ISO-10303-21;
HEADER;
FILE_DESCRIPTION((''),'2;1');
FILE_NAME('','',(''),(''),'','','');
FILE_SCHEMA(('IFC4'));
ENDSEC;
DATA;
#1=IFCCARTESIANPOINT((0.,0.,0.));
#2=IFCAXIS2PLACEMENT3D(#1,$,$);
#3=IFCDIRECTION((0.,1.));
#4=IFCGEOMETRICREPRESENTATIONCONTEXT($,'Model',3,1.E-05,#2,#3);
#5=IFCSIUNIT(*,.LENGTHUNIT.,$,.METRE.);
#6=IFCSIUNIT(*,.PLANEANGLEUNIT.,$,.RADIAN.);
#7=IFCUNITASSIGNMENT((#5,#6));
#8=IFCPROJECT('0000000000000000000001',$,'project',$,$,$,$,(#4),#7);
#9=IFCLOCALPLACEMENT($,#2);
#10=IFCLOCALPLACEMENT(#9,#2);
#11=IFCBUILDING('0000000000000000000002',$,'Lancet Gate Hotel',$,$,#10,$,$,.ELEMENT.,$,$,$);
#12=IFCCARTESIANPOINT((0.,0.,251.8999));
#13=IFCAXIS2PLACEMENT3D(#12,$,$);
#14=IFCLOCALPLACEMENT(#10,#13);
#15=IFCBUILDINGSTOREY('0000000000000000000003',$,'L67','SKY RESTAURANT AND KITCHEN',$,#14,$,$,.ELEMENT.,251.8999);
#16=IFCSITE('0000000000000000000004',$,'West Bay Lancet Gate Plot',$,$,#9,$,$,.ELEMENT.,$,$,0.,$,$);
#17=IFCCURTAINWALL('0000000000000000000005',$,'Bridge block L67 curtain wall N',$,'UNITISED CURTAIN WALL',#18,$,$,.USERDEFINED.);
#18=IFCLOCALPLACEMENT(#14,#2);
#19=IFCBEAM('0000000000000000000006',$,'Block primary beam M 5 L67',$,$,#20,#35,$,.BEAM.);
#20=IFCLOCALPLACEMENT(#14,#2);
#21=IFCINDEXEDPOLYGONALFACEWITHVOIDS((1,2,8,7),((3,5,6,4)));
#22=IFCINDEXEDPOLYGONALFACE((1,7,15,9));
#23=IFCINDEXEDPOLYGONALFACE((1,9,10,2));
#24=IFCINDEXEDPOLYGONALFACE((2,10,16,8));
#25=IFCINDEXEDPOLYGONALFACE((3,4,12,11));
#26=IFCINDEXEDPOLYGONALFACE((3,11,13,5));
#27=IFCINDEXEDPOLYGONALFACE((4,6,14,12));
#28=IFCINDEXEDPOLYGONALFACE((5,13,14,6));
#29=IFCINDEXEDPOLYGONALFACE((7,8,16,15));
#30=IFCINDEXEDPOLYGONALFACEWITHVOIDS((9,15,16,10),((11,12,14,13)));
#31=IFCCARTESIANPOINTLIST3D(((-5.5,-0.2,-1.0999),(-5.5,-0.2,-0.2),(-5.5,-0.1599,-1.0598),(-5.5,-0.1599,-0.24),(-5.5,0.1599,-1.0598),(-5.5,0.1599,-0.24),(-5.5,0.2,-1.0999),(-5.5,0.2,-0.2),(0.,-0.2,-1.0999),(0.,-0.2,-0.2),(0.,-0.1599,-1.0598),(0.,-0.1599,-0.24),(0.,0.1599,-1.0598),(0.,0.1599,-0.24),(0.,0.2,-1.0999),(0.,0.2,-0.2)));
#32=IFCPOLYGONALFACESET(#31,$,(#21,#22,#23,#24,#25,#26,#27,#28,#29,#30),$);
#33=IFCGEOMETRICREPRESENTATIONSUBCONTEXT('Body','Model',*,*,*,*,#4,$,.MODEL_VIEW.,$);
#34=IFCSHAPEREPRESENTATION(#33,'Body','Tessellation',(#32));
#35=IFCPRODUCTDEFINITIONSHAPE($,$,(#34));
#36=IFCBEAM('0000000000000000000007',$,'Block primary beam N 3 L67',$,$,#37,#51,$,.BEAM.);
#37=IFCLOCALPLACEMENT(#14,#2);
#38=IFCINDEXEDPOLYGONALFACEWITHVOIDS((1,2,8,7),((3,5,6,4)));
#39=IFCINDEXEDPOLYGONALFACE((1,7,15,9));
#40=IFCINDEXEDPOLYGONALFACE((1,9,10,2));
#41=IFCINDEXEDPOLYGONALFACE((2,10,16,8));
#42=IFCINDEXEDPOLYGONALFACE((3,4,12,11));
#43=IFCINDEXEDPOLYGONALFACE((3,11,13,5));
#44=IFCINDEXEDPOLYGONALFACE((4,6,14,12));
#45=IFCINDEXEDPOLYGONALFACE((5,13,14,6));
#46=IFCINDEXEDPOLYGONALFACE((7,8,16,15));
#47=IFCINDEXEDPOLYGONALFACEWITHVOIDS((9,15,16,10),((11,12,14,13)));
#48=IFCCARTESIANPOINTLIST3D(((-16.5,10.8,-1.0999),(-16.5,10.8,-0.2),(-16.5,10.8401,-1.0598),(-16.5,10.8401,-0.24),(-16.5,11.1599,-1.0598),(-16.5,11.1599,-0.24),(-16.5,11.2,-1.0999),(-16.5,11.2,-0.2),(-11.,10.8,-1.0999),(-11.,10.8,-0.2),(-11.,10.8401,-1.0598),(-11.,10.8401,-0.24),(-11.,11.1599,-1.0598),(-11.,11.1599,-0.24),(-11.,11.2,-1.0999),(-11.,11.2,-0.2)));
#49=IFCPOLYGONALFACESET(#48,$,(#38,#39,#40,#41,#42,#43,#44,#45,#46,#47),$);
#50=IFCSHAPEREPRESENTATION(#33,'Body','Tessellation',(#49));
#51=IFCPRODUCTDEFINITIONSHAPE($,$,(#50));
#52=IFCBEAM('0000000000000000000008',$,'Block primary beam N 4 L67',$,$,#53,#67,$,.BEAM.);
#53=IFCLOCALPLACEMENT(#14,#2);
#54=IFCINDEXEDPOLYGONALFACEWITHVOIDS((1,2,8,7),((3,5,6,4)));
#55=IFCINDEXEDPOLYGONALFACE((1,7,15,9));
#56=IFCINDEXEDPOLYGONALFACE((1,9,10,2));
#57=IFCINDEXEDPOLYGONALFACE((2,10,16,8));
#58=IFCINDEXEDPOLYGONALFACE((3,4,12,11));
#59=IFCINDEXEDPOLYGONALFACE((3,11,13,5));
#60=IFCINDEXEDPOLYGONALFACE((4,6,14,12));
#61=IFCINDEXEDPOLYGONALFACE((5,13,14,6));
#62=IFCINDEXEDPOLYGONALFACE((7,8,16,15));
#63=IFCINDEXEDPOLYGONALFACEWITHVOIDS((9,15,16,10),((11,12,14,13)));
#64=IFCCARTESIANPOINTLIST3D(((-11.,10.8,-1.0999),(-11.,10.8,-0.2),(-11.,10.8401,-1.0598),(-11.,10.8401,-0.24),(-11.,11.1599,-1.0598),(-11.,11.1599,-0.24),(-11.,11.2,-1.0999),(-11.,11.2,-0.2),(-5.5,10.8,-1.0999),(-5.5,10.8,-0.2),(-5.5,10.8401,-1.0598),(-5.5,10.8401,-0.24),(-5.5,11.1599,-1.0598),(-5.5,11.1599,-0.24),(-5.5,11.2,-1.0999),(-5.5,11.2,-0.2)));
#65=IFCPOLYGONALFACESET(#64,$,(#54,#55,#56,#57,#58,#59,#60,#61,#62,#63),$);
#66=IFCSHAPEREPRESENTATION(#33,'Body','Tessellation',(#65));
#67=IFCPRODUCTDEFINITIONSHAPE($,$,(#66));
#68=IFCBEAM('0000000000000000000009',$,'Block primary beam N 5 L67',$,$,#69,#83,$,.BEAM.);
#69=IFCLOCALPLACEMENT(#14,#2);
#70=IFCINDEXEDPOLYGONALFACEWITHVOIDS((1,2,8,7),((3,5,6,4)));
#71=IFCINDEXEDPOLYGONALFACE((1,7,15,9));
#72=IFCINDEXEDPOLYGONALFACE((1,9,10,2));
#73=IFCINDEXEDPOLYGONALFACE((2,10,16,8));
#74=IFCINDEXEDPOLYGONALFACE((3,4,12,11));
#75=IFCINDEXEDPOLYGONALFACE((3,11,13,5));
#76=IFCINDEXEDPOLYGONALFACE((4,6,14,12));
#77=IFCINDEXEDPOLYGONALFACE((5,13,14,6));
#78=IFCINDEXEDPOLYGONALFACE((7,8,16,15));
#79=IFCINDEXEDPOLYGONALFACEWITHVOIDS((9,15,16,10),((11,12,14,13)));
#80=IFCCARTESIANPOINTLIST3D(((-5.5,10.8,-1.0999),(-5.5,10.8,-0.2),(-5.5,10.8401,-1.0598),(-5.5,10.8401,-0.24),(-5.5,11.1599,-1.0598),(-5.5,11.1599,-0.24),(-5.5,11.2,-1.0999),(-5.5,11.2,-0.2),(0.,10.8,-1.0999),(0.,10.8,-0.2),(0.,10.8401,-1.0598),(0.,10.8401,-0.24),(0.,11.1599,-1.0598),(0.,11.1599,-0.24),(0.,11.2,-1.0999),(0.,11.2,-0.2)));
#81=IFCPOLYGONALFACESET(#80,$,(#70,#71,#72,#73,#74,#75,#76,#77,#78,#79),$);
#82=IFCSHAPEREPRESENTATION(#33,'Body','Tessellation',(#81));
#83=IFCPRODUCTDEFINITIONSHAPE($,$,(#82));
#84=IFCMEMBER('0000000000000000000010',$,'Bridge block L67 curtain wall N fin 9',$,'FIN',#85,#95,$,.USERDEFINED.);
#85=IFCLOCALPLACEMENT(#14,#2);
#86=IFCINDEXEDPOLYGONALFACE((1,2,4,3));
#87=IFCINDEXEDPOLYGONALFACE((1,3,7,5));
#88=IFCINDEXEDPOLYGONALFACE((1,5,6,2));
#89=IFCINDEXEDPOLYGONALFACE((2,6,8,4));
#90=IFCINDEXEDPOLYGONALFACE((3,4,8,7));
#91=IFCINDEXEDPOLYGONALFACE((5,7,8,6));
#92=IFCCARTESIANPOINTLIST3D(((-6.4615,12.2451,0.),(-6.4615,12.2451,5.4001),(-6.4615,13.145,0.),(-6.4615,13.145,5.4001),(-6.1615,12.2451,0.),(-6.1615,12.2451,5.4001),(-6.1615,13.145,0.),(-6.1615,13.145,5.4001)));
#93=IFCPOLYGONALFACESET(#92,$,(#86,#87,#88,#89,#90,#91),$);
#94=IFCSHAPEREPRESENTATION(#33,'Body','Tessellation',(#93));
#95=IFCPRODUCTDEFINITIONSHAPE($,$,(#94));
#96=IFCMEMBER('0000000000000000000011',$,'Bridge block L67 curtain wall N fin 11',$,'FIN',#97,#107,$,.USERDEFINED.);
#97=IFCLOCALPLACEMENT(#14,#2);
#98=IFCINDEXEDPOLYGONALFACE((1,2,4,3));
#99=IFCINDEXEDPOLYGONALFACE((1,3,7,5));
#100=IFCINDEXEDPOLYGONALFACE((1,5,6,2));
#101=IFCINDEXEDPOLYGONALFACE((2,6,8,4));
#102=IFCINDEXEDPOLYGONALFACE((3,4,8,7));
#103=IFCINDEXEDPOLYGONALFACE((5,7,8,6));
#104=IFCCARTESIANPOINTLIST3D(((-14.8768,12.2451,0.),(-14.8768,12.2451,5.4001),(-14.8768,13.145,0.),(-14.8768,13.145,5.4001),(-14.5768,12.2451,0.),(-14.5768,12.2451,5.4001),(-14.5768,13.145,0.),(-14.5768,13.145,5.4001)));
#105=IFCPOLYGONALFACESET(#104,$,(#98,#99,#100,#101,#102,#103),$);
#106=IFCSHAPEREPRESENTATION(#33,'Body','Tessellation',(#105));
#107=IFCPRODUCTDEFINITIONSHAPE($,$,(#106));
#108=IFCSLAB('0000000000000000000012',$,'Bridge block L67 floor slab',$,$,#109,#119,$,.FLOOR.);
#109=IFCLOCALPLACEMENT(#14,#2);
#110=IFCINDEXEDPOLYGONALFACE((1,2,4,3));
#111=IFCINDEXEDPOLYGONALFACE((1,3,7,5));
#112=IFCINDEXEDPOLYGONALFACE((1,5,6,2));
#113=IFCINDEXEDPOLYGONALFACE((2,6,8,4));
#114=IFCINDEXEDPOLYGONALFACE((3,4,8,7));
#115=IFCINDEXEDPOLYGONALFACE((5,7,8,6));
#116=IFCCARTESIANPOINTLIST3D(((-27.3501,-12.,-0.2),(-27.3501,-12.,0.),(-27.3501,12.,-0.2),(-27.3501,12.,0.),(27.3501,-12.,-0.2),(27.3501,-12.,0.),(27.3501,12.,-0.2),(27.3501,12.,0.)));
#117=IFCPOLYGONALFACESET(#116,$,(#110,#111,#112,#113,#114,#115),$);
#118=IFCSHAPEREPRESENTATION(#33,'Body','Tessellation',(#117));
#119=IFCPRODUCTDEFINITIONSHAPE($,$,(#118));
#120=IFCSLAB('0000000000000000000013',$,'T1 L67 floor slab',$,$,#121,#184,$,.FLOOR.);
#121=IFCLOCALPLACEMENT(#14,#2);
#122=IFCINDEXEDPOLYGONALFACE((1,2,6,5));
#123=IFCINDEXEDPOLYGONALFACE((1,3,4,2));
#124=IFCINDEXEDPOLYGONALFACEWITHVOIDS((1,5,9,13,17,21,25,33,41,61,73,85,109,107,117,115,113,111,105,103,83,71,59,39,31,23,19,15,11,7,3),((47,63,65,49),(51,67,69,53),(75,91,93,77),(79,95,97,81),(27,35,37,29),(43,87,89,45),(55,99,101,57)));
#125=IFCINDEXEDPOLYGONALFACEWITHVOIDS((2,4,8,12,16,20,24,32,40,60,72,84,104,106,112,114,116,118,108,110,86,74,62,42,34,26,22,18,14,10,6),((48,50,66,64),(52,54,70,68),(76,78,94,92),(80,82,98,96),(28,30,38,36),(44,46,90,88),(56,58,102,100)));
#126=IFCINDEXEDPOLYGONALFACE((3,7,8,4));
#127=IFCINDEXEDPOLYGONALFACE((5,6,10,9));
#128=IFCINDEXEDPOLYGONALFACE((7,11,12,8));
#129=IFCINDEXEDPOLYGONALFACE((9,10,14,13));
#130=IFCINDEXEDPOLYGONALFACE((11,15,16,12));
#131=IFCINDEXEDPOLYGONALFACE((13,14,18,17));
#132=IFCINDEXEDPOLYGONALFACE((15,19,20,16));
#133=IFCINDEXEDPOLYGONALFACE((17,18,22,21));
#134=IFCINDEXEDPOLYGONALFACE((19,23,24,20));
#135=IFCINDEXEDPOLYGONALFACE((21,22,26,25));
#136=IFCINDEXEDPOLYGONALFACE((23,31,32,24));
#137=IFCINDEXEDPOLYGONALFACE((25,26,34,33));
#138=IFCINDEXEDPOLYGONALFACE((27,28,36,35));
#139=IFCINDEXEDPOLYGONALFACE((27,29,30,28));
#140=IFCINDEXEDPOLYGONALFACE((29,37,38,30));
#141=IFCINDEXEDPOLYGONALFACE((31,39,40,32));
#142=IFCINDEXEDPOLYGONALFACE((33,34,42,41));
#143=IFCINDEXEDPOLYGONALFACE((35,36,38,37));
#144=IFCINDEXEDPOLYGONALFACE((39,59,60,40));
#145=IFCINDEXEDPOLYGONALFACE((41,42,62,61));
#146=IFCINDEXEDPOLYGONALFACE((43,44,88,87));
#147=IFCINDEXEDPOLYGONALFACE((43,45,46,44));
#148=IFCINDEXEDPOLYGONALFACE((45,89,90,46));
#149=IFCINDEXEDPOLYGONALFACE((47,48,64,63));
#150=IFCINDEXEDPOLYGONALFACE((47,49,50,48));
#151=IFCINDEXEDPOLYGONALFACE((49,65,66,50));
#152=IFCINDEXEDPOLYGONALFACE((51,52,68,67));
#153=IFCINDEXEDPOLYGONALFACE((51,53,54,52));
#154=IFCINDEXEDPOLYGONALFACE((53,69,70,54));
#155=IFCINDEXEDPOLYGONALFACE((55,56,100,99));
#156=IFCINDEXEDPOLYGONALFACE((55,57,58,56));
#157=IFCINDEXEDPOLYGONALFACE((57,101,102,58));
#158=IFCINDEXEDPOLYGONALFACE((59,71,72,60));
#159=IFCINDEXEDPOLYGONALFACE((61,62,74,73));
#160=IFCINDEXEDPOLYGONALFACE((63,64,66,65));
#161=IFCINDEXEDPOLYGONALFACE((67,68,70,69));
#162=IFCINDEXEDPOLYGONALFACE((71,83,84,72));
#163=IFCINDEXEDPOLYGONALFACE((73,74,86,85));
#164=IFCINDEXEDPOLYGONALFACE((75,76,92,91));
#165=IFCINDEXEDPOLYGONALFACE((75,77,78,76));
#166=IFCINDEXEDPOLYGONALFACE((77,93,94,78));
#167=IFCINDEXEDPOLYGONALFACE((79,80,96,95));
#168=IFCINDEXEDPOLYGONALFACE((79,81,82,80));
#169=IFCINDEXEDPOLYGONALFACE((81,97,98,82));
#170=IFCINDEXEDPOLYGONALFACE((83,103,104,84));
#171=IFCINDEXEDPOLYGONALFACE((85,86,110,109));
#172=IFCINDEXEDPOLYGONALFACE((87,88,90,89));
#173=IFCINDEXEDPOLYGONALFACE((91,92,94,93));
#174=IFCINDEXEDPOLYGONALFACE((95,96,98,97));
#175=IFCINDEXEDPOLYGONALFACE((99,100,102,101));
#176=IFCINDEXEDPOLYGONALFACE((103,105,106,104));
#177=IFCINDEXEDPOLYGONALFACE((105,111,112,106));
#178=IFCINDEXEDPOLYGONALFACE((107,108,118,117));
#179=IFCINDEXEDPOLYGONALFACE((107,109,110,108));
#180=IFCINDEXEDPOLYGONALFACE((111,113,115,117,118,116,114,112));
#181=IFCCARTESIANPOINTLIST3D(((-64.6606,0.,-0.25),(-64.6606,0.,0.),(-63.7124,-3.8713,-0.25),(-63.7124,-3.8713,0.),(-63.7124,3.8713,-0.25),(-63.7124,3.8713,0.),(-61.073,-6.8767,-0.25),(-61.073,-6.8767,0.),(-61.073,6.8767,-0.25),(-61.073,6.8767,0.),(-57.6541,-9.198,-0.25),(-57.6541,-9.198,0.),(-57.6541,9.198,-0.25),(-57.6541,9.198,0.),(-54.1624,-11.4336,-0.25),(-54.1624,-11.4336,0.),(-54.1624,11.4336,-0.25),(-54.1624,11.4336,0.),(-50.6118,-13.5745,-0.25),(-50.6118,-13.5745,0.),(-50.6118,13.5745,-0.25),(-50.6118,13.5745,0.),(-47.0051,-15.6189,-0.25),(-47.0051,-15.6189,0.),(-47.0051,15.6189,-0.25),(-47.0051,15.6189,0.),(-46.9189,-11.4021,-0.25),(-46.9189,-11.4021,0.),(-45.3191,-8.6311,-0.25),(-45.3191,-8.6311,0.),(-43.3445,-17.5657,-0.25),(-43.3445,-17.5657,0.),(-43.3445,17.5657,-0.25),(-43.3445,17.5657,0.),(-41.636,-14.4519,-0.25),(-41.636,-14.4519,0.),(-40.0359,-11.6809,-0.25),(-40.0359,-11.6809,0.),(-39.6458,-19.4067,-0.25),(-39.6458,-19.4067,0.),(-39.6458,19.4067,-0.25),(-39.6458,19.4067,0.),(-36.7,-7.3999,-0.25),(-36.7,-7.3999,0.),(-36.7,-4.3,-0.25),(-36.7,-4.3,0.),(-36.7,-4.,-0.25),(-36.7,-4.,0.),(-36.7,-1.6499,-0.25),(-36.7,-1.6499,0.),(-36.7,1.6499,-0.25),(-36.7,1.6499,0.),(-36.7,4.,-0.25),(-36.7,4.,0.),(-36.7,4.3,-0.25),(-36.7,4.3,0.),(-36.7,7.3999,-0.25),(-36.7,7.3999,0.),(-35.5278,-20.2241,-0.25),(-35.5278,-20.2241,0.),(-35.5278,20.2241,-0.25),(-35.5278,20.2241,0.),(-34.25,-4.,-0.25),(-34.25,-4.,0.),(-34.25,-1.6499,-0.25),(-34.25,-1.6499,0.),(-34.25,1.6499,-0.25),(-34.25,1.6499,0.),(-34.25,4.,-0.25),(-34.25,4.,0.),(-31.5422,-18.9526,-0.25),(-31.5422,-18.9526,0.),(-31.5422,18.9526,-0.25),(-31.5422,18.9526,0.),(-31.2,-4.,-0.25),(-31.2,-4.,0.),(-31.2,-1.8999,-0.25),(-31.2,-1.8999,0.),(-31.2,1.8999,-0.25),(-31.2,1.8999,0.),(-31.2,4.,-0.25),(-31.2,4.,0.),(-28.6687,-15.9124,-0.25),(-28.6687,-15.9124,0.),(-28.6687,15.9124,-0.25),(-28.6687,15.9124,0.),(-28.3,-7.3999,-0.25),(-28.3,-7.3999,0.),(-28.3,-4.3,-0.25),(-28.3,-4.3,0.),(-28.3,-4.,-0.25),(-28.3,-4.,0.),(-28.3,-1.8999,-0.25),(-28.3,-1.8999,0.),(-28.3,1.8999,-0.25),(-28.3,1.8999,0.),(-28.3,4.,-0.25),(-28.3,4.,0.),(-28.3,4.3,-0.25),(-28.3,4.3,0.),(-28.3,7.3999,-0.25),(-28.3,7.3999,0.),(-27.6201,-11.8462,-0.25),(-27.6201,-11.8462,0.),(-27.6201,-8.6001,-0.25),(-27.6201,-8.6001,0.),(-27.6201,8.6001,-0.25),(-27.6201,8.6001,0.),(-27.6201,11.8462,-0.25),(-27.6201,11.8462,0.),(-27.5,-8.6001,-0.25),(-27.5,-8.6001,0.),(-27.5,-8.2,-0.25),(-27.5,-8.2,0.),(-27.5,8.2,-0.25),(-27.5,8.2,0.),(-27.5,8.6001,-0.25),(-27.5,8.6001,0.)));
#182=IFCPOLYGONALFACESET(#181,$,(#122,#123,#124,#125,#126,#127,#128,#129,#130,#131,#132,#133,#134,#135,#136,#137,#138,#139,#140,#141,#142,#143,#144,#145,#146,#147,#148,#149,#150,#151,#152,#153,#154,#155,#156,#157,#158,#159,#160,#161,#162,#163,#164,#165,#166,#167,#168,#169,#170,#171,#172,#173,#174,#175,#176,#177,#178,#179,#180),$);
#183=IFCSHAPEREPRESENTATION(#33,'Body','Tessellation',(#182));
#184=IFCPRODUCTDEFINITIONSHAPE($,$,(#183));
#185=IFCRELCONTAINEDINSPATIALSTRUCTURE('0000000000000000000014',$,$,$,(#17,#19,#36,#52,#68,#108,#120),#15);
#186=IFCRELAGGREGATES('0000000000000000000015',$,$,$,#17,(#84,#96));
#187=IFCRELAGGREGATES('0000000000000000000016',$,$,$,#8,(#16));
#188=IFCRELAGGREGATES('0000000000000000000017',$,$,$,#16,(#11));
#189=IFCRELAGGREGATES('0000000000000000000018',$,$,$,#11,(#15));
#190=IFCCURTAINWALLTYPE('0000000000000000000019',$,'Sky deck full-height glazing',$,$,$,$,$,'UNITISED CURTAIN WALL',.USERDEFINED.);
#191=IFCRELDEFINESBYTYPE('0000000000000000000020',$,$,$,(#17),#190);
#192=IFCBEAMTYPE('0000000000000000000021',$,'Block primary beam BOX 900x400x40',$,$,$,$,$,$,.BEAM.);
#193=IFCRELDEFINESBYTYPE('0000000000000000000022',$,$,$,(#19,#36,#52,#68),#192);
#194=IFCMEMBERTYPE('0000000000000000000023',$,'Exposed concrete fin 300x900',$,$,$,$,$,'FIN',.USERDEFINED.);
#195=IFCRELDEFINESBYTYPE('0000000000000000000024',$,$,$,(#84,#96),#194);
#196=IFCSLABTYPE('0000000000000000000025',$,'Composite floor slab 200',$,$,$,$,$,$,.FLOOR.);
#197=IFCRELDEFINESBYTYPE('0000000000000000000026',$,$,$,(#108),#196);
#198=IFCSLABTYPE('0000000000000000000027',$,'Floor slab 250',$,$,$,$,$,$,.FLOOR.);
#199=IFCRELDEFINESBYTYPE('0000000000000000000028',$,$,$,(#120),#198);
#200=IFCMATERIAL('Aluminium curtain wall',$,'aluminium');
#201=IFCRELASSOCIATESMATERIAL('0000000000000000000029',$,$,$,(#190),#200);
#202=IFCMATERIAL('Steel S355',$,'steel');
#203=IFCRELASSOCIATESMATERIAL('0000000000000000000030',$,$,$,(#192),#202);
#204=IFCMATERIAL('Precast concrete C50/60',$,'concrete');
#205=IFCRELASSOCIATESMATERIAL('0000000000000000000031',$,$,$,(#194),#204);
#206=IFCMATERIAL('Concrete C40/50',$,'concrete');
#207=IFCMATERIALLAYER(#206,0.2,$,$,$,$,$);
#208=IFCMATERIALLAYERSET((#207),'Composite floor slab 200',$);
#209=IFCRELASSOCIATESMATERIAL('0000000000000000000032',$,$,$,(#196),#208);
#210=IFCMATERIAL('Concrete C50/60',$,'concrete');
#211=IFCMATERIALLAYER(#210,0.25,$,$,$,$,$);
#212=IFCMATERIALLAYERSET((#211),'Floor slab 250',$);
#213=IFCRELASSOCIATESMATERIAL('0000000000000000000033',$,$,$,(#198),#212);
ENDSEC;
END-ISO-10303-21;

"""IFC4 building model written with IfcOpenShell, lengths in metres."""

from ifc_helpers import new_model, si_unit, direction, frame, origin, origin_2d, place, context, subcontext, project, spatial, polyline, rectangle, hollow_rectangle, outline, extrude, material, layer, layer_set, material_profile, profile_set, type_object, element, aggregate, save


model = new_model("IFC4")

# Units and contexts
model_context = context("Model", 3, precision=1e-05, world=origin(), true_north=direction((0.0, 1.0)))
body_context = subcontext(model_context, "Body", "Model", "MODEL_VIEW")
ifc_project = project(units=[si_unit("LENGTHUNIT", "METRE"), si_unit("PLANEANGLEUNIT", "RADIAN")], contexts=[model_context])

# Site, building, storey
site_placement = place(None, origin())
site = spatial("IfcSite", under=ifc_project, at=site_placement, Name="West Bay Lancet Gate Plot", CompositionType="ELEMENT", RefElevation=0.0)
building_placement = place(site_placement, origin())
building = spatial("IfcBuilding", under=site, at=building_placement, Name="Lancet Gate Hotel", CompositionType="ELEMENT")
storey_placement = place(building_placement, frame((0.0, 0.0, 251.8999)))
storey = spatial("IfcBuildingStorey", under=building, at=storey_placement, Name="L67", Description="SKY RESTAURANT AND KITCHEN", CompositionType="ELEMENT", Elevation=251.8999)

# Curtain wall
ifc_material_1 = material(Name="Aluminium curtain wall", Category="aluminium")
curtain_wall_type = type_object("IfcCurtainWallType", Name="Sky deck full-height glazing", ElementType="UNITISED CURTAIN WALL", PredefinedType="USERDEFINED", material=ifc_material_1)
curtain_wall_placement = place(storey_placement, origin())
curtain_wall = element("IfcCurtainWall", 1, at=curtain_wall_placement, inside=storey, type_object=curtain_wall_type, Name="Bridge block L67 curtain wall N", ObjectType="UNITISED CURTAIN WALL", PredefinedType="USERDEFINED")

# Beams
ifc_material_2 = material(Name="Steel S355", Category="steel")
ifc_material_profile_1 = material_profile(ifc_material_2, hollow_rectangle(XDim=0.3999, YDim=0.8999, WallThickness=0.04, at=origin_2d()), Name="BOX 900x400x40")
ifc_profile_set_1 = profile_set([ifc_material_profile_1], Name="Steel S355")
beam_type_1 = type_object("IfcBeamType", Name="Block primary beam BOX 900x400x40", PredefinedType="BEAM", material=ifc_profile_set_1)
for number, where, z_axis, x_axis, name in (
    (2, (-5.5, 0.0, -0.6499), (1.0, 0.0, 0.0), (0.0, 1.0, 0.0), "Block primary beam M 5 L67"),
    (3, (-16.5, 11.0, -0.6499), (1.0, 0.0, 0.0), (0.0, 1.0, 0.0), "Block primary beam N 3 L67"),
    (4, (-11.0, 11.0, -0.6499), (1.0, 0.0, 0.0), (0.0, 1.0, 0.0), "Block primary beam N 4 L67"),
    (5, (-5.5, 11.0, -0.6499), (1.0, 0.0, 0.0), (0.0, 1.0, 0.0), "Block primary beam N 5 L67"),
):
    element("IfcBeam", number, at=place(storey_placement, frame(where, z_axis=z_axis, x_axis=x_axis)), inside=storey, type_object=beam_type_1, Name=name, PredefinedType="BEAM", context=body_context, shape_type="SweptSolid", body=[
        extrude(hollow_rectangle(XDim=0.3999, YDim=0.8999, WallThickness=0.04, at=origin_2d()), origin(), (0.0, 0.0, 1.0), 5.5),
    ])

# Members
ifc_material_3 = material(Name="Precast concrete C50/60", Category="concrete")
ifc_material_profile_2 = material_profile(ifc_material_3, rectangle(XDim=0.3, YDim=0.8999, at=origin_2d()), Name="FIN 300x900")
ifc_profile_set_2 = profile_set([ifc_material_profile_2], Name="Precast concrete C50/60")
member_type_1 = type_object("IfcMemberType", Name="Exposed concrete fin 300x900", ElementType="FIN", PredefinedType="USERDEFINED", material=ifc_profile_set_2)
member_1_placement = place(storey_placement, frame((-6.3115, 12.6951, 0.0), z_axis=(0.0, 0.0, 1.0), x_axis=(-1.0, 0.0, 0.0)))
member_1 = element("IfcMember", 6, at=member_1_placement, type_object=member_type_1, Name="Bridge block L67 curtain wall N fin 9", ObjectType="FIN", PredefinedType="USERDEFINED", context=body_context, shape_type="SweptSolid", body=[
    extrude(rectangle(XDim=0.3, YDim=0.8999, at=origin_2d()), origin(), (0.0, 0.0, 1.0), 5.4001),
])
member_2_placement = place(storey_placement, frame((-14.7268, 12.6951, 0.0), z_axis=(0.0, 0.0, 1.0), x_axis=(-1.0, 0.0, 0.0)))
member_2 = element("IfcMember", 7, at=member_2_placement, type_object=member_type_1, Name="Bridge block L67 curtain wall N fin 11", ObjectType="FIN", PredefinedType="USERDEFINED", context=body_context, shape_type="SweptSolid", body=[
    extrude(rectangle(XDim=0.3, YDim=0.8999, at=origin_2d()), origin(), (0.0, 0.0, 1.0), 5.4001),
])

# Slabs
ifc_material_4 = material(Name="Concrete C40/50", Category="concrete")
ifc_layer_1 = layer(ifc_material_4, 0.2)
ifc_layer_set_1 = layer_set([ifc_layer_1], Name="Composite floor slab 200")
slab_type_1 = type_object("IfcSlabType", Name="Composite floor slab 200", PredefinedType="FLOOR", material=ifc_layer_set_1)
slab_1_placement = place(storey_placement, frame((0.0, 0.0, -0.2)))
element("IfcSlab", 8, at=slab_1_placement, inside=storey, type_object=slab_type_1, Name="Bridge block L67 floor slab", PredefinedType="FLOOR", context=body_context, shape_type="SweptSolid", body=[
    extrude(outline(polyline([(27.3501, -12.0), (27.3501, 12.0), (-27.3501, 12.0), (-27.3501, -12.0), (27.3501, -12.0)])), origin(), (0.0, 0.0, 1.0), 0.2),
])
ifc_material_5 = material(Name="Concrete C50/60", Category="concrete")
ifc_layer_2 = layer(ifc_material_5, 0.25)
ifc_layer_set_2 = layer_set([ifc_layer_2], Name="Floor slab 250")
slab_type_2 = type_object("IfcSlabType", Name="Floor slab 250", PredefinedType="FLOOR", material=ifc_layer_set_2)
slab_2_placement = place(storey_placement, frame((0.0, 0.0, -0.25)))
element("IfcSlab", 9, at=slab_2_placement, inside=storey, type_object=slab_type_2, Name="T1 L67 floor slab", PredefinedType="FLOOR", context=body_context, shape_type="SweptSolid", body=[
    extrude(outline(polyline([(-27.5, 8.6001), (-27.6201, 8.6001), (-27.6201, 11.8462), (-28.6687, 15.9124), (-31.5422, 18.9526), (-35.5278, 20.2241), (-39.6458, 19.4067), (-43.3445, 17.5657), (-47.0051, 15.6189), (-50.6118, 13.5745), (-54.1624, 11.4336), (-57.6541, 9.198), (-61.073, 6.8767), (-63.7124, 3.8713), (-64.6606, 0.0), (-63.7124, -3.8713), (-61.073, -6.8767), (-57.6541, -9.198), (-54.1624, -11.4336), (-50.6118, -13.5745), (-47.0051, -15.6189), (-43.3445, -17.5657), (-39.6458, -19.4067), (-35.5278, -20.2241), (-31.5422, -18.9526), (-28.6687, -15.9124), (-27.6201, -11.8462), (-27.6201, -8.6001), (-27.5, -8.6001), (-27.5, -8.2), (-27.5, 8.2), (-27.5, 8.6001)]), holes=[polyline([(-36.7, 7.3999), (-36.7, 4.3), (-28.3, 4.3), (-28.3, 7.3999), (-36.7, 7.3999)]), polyline([(-28.3, 4.0), (-31.2, 4.0), (-31.2, 1.8999), (-28.3, 1.8999), (-28.3, 4.0)]), polyline([(-34.25, 4.0), (-36.7, 4.0), (-36.7, 1.6499), (-34.25, 1.6499), (-34.25, 4.0)]), polyline([(-36.7, -1.6499), (-36.7, -4.0), (-34.25, -4.0), (-34.25, -1.6499), (-36.7, -1.6499)]), polyline([(-28.3, -1.8999), (-31.2, -1.8999), (-31.2, -4.0), (-28.3, -4.0), (-28.3, -1.8999)]), polyline([(-28.3, -4.3), (-36.7, -4.3), (-36.7, -7.3999), (-28.3, -7.3999), (-28.3, -4.3)]), polyline([(-45.3191, -8.6311), (-46.9189, -11.4021), (-41.636, -14.4519), (-40.0359, -11.6809), (-45.3191, -8.6311)])]), origin(), (0.0, 0.0, 1.0), 0.25),
])

aggregate(curtain_wall, [member_1, member_2])

save(model, "model.ifc")
